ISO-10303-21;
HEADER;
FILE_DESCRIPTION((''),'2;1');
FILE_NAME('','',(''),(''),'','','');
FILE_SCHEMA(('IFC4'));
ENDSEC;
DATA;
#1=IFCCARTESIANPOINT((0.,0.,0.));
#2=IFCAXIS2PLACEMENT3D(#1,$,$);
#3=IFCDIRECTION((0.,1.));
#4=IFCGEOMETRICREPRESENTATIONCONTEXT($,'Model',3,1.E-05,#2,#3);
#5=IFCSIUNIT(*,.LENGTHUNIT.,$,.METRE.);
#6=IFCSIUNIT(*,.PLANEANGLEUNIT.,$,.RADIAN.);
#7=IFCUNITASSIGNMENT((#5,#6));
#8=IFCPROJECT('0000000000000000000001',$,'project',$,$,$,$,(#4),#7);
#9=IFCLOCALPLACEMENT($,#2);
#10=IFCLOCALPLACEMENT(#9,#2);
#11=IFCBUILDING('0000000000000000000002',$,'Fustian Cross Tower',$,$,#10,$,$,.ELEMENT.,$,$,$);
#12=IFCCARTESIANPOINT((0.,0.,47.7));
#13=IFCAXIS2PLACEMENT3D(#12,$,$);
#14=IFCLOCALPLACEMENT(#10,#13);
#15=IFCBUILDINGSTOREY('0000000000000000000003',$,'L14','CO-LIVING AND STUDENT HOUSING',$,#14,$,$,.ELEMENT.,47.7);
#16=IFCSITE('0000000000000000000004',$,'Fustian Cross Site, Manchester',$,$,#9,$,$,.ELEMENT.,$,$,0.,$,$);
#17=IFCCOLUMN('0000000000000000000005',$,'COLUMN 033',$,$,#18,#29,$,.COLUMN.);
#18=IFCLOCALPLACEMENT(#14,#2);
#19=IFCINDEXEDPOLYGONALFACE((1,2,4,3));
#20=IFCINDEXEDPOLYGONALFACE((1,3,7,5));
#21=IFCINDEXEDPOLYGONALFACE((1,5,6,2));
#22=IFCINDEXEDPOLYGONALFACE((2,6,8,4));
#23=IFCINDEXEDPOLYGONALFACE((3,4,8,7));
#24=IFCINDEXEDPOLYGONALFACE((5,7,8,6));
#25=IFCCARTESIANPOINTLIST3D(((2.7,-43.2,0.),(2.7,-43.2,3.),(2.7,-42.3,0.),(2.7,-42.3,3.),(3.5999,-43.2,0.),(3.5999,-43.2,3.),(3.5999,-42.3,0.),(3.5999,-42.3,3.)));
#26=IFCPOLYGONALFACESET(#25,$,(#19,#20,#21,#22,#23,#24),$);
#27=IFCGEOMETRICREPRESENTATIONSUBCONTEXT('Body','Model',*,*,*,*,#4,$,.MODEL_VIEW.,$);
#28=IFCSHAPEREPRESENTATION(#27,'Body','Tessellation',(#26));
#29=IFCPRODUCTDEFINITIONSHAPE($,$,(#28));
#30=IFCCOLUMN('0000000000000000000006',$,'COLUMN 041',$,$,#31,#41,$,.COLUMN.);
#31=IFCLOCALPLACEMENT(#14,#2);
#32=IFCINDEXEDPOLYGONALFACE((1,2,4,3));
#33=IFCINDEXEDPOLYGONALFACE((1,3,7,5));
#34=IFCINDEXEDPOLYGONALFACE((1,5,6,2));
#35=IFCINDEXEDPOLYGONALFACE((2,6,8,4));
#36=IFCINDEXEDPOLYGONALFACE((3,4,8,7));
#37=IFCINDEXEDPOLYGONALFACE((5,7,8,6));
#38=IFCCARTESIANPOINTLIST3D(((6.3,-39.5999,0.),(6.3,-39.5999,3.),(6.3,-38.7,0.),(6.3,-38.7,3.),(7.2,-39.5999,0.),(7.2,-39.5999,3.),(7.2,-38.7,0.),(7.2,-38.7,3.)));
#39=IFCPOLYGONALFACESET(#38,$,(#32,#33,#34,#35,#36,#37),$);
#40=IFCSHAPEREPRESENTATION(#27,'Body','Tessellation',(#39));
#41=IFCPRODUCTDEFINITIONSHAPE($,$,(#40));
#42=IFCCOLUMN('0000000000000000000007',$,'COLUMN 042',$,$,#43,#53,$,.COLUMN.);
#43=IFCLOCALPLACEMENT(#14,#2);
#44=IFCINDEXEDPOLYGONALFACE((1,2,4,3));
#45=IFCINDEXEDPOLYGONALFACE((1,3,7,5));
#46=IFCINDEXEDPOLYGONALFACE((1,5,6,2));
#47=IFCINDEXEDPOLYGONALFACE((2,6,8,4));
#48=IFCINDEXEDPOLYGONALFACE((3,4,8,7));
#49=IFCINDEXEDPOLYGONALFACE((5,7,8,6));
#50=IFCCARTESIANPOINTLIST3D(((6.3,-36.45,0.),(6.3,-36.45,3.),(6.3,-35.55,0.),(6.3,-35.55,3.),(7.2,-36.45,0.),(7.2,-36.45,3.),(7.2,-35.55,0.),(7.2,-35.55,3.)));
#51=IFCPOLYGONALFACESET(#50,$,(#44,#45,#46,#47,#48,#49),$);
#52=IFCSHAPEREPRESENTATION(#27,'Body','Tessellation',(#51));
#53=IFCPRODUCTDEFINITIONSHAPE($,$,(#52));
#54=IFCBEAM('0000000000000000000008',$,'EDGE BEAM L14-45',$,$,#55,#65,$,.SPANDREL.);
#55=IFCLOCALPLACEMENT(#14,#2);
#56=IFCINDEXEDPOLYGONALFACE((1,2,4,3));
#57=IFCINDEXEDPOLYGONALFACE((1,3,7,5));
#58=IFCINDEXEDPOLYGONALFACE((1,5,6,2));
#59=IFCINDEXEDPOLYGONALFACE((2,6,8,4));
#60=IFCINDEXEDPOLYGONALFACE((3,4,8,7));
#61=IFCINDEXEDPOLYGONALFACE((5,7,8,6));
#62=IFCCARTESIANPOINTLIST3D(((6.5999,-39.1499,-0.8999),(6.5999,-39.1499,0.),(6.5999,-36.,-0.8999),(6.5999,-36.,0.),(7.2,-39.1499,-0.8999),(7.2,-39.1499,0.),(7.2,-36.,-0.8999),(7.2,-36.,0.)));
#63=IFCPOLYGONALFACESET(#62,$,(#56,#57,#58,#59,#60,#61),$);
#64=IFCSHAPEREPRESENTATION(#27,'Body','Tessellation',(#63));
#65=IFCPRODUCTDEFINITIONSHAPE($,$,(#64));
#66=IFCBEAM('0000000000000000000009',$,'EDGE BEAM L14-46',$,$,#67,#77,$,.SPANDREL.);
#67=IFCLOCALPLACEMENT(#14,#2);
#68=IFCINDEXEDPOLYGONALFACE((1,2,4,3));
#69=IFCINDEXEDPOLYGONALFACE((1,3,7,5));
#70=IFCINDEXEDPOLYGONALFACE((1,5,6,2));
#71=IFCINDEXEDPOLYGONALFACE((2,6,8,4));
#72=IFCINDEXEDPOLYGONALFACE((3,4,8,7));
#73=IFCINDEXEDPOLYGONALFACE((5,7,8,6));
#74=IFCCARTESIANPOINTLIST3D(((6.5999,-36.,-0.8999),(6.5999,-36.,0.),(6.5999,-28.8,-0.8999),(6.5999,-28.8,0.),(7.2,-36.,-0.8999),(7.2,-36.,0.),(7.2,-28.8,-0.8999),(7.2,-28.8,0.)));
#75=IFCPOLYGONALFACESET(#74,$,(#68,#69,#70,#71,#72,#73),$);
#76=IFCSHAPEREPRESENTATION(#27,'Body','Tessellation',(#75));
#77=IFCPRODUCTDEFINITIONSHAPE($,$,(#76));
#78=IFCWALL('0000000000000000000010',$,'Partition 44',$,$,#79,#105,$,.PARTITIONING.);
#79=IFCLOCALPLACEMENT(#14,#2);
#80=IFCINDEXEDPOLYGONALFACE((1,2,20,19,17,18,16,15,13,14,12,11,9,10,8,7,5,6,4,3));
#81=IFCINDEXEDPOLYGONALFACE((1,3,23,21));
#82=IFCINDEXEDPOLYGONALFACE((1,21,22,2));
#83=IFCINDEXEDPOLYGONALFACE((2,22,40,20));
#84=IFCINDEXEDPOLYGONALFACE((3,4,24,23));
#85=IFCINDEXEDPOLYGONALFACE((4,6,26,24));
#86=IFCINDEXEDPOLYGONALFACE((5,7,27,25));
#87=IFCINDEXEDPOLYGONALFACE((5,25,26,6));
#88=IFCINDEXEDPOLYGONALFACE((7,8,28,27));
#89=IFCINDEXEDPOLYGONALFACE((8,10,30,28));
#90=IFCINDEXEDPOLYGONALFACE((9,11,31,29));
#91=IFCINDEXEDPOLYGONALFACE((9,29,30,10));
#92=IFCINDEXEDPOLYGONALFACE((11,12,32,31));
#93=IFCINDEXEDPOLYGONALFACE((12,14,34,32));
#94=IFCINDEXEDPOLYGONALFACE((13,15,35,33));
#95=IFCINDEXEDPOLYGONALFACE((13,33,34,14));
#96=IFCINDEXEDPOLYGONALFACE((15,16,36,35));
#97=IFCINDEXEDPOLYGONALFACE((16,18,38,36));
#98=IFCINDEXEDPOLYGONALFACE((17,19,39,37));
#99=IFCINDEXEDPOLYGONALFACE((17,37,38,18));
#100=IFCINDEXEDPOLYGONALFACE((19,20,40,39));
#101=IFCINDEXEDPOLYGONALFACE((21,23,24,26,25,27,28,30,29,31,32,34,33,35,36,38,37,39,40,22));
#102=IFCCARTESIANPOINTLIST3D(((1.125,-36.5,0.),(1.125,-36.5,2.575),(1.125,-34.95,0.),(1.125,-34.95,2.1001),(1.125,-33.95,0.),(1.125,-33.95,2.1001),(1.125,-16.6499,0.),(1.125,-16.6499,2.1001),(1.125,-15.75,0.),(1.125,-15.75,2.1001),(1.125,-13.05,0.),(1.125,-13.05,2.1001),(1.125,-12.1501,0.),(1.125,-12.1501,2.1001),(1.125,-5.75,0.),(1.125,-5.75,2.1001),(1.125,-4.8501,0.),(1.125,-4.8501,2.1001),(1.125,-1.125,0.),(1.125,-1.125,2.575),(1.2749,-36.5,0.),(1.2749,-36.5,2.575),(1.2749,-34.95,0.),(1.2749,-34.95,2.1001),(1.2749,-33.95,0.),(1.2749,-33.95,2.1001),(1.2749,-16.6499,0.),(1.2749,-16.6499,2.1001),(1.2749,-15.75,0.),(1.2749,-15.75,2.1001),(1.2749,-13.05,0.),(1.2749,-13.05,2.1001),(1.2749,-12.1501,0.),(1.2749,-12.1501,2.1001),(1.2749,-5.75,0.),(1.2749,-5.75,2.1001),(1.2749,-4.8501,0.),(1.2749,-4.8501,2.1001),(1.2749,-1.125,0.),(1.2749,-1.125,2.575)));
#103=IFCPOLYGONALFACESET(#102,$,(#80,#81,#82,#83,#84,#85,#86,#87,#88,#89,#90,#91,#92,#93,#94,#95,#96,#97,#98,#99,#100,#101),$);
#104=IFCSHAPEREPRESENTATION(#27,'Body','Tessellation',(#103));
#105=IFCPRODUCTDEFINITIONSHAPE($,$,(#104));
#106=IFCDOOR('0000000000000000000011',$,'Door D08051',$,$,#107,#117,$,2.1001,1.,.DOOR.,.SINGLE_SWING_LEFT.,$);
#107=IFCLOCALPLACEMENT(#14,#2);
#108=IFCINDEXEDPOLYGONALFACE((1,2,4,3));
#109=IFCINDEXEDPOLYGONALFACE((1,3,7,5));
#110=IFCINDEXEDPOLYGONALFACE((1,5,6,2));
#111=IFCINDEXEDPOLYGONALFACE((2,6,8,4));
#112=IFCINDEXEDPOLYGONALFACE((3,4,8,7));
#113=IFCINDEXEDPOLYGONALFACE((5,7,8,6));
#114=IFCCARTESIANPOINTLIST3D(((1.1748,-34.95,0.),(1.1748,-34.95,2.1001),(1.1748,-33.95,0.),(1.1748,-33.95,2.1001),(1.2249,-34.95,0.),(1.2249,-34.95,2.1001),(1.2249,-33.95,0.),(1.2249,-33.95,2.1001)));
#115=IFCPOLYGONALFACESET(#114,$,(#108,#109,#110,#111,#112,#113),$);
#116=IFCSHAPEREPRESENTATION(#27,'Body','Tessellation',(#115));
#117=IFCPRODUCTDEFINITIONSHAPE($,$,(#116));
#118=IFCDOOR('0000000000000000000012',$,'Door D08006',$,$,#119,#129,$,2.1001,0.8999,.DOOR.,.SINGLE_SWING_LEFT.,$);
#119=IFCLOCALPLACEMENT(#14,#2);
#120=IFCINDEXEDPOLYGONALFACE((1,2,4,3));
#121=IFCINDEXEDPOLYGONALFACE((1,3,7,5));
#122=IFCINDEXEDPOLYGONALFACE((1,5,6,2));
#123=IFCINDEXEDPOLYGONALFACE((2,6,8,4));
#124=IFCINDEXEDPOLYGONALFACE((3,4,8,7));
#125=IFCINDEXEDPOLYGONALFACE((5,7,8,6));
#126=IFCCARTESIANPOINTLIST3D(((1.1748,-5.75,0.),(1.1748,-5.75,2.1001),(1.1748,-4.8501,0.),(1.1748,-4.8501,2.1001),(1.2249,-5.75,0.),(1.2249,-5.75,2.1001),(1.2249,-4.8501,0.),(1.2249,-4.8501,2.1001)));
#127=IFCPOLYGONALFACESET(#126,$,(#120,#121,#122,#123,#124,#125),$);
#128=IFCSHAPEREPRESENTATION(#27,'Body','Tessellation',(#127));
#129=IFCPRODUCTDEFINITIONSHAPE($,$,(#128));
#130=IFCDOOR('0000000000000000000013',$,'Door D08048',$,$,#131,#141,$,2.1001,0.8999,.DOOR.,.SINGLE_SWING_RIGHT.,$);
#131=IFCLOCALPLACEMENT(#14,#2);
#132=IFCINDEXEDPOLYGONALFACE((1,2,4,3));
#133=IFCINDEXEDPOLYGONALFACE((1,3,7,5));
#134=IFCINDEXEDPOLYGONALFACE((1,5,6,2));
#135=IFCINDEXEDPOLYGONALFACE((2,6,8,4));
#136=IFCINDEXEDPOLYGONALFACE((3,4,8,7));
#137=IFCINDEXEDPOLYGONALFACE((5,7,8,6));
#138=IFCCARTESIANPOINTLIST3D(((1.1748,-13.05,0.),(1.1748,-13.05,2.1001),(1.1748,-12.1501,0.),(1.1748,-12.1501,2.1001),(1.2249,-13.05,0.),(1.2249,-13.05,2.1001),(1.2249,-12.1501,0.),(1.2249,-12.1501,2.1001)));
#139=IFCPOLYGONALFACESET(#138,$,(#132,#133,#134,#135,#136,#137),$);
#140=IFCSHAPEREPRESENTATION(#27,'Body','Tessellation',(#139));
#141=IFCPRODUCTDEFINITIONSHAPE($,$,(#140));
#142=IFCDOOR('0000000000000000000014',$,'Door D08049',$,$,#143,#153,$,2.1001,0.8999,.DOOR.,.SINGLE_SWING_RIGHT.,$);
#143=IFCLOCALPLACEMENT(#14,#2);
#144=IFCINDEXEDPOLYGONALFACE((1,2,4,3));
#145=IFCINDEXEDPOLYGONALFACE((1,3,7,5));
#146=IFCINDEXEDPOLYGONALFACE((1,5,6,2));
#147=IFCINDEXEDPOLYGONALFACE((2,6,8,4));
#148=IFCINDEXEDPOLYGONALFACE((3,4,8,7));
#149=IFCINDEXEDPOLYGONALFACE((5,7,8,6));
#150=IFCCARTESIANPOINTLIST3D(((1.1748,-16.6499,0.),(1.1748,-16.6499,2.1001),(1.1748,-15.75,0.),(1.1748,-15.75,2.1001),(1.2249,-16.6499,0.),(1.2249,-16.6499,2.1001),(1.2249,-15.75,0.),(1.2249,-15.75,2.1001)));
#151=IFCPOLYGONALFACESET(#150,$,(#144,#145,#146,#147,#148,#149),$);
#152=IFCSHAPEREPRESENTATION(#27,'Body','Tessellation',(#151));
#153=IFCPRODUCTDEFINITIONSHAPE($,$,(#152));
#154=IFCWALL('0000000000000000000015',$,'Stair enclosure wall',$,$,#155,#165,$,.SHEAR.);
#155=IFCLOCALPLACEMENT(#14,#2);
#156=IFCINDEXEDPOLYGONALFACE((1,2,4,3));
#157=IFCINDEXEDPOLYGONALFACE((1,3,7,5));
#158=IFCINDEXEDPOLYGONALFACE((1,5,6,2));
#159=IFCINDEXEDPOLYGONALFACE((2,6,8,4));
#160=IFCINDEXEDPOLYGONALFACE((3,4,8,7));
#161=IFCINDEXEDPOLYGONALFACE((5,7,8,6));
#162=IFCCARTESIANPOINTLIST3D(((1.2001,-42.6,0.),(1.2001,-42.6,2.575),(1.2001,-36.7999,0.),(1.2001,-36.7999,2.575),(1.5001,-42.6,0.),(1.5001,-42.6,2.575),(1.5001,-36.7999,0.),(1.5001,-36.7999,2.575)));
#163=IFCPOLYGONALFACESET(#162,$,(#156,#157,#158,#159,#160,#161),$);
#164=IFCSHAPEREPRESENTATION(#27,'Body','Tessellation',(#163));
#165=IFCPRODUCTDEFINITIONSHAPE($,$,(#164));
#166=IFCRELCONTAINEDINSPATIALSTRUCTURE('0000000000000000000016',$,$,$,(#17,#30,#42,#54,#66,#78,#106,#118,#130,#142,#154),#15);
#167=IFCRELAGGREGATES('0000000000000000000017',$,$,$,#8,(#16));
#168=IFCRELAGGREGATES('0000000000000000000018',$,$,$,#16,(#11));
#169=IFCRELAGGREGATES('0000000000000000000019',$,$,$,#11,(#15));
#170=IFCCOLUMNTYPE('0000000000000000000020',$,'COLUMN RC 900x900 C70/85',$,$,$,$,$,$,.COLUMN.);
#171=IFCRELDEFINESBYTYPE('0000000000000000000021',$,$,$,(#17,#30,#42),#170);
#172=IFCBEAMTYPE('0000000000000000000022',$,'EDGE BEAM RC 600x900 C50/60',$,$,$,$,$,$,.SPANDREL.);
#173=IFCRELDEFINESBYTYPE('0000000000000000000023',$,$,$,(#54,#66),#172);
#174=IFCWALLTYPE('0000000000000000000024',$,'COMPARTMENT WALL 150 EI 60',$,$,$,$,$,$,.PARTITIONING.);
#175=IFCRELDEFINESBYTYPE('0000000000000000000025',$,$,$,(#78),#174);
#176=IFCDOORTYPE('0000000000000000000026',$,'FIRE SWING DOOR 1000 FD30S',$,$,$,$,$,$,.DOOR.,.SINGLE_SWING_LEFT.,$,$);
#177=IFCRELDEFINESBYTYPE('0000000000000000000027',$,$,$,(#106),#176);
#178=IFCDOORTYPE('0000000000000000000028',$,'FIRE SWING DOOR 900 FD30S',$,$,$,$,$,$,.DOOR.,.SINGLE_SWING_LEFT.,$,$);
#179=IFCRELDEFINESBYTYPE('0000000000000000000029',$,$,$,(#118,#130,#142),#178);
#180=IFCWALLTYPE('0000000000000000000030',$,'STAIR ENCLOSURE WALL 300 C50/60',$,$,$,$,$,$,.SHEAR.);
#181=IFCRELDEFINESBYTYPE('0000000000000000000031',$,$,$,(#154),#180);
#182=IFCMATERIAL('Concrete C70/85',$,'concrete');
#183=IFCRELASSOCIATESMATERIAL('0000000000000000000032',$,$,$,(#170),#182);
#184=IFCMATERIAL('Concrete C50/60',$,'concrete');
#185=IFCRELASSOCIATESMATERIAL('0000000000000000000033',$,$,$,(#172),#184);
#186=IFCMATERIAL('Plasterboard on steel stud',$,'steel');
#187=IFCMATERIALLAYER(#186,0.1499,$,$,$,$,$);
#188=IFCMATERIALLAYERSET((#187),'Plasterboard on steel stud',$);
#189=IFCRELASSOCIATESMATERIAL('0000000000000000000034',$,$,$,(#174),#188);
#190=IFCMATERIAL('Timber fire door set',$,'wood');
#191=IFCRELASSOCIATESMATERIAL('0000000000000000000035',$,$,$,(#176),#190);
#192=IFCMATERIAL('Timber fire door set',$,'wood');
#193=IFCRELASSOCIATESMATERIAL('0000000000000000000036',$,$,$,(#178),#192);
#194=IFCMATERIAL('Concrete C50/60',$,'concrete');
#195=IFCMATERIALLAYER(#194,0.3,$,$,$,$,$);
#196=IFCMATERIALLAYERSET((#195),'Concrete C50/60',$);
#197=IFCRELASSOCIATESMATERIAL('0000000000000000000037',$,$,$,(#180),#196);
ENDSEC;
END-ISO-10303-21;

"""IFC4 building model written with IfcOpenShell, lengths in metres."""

from ifc_helpers import new_model, si_unit, direction, frame, frame_2d, origin, origin_2d, place, context, subcontext, project, spatial, rectangle, extrude, material, layer, layer_set, material_profile, profile_set, type_object, element, fill, save


model = new_model("IFC4")

# Units and contexts
model_context = context("Model", 3, precision=1e-05, world=origin(), true_north=direction((0.0, 1.0)))
body_context = subcontext(model_context, "Body", "Model", "MODEL_VIEW")
ifc_project = project(units=[si_unit("LENGTHUNIT", "METRE"), si_unit("PLANEANGLEUNIT", "RADIAN")], contexts=[model_context])

# Site, building, storey
site_placement = place(None, origin())
site = spatial("IfcSite", under=ifc_project, at=site_placement, Name="Fustian Cross Site, Manchester", CompositionType="ELEMENT", RefElevation=0.0)
building_placement = place(site_placement, origin())
building = spatial("IfcBuilding", under=site, at=building_placement, Name="Fustian Cross Tower", CompositionType="ELEMENT")
storey_placement = place(building_placement, frame((0.0, 0.0, 47.7)))
storey = spatial("IfcBuildingStorey", under=building, at=storey_placement, Name="L14", Description="CO-LIVING AND STUDENT HOUSING", CompositionType="ELEMENT", Elevation=47.7)

# Columns
ifc_material_1 = material(Name="Concrete C70/85", Category="concrete")
ifc_material_profile_1 = material_profile(ifc_material_1, rectangle(XDim=0.8999, YDim=0.8999, at=origin_2d()), Name="RC 900x900")
ifc_profile_set_1 = profile_set([ifc_material_profile_1], Name="Concrete C70/85")
column_type = type_object("IfcColumnType", Name="COLUMN RC 900x900 C70/85", PredefinedType="COLUMN", material=ifc_profile_set_1)
for number, where, z_axis, x_axis, name in (
    (1, (3.1499, -42.75, 0.0), (0.0, 0.0, 1.0), (1.0, 0.0, 0.0), "COLUMN 033"),
    (2, (6.75, -39.1499, 0.0), (0.0, 0.0, 1.0), (1.0, 0.0, 0.0), "COLUMN 041"),
    (3, (6.75, -36.0, 0.0), (0.0, 0.0, 1.0), (1.0, 0.0, 0.0), "COLUMN 042"),
):
    element("IfcColumn", number, at=place(storey_placement, frame(where, z_axis=z_axis, x_axis=x_axis)), inside=storey, type_object=column_type, Name=name, PredefinedType="COLUMN", context=body_context, shape_type="SweptSolid", body=[
        extrude(rectangle(XDim=0.8999, YDim=0.8999, at=origin_2d()), origin(), (0.0, 0.0, 1.0), 3.0),
    ])

# Beams
ifc_material_2 = material(Name="Concrete C50/60", Category="concrete")
ifc_material_profile_2 = material_profile(ifc_material_2, rectangle(XDim=0.6001, YDim=0.8999, at=origin_2d()), Name="RC 600x900")
ifc_profile_set_2 = profile_set([ifc_material_profile_2], Name="Concrete C50/60")
beam_type = type_object("IfcBeamType", Name="EDGE BEAM RC 600x900 C50/60", PredefinedType="SPANDREL", material=ifc_profile_set_2)
beam_1_placement = place(storey_placement, frame((6.8999, -39.1499, -0.45), z_axis=(0.0, 1.0, 0.0), x_axis=(-1.0, 0.0, 0.0)))
element("IfcBeam", 4, at=beam_1_placement, inside=storey, type_object=beam_type, Name="EDGE BEAM L14-45", PredefinedType="SPANDREL", context=body_context, shape_type="SweptSolid", body=[
    extrude(rectangle(XDim=0.6001, YDim=0.8999, at=origin_2d()), origin(), (0.0, 0.0, 1.0), 3.1499),
])
beam_2_placement = place(storey_placement, frame((6.8999, -36.0, -0.45), z_axis=(0.0, 1.0, 0.0), x_axis=(-1.0, 0.0, 0.0)))
element("IfcBeam", 5, at=beam_2_placement, inside=storey, type_object=beam_type, Name="EDGE BEAM L14-46", PredefinedType="SPANDREL", context=body_context, shape_type="SweptSolid", body=[
    extrude(rectangle(XDim=0.6001, YDim=0.8999, at=origin_2d()), origin(), (0.0, 0.0, 1.0), 7.2),
])

# Wall, openings, doors
ifc_material_3 = material(Name="Plasterboard on steel stud", Category="steel")
ifc_layer_1 = layer(ifc_material_3, 0.1499)
ifc_layer_set_1 = layer_set([ifc_layer_1], Name="Plasterboard on steel stud")
wall_type_1 = type_object("IfcWallType", Name="COMPARTMENT WALL 150 EI 60", PredefinedType="PARTITIONING", material=ifc_layer_set_1)
wall_1_placement = place(storey_placement, frame((1.2, -36.5, 0.0), z_axis=(0.0, 0.0, 1.0), x_axis=(0.0, 1.0, 0.0)))
wall_1 = element("IfcWall", 6, at=wall_1_placement, inside=storey, type_object=wall_type_1, Name="Partition 44", PredefinedType="PARTITIONING", context=body_context, shape_type="SweptSolid", body=[
    extrude(rectangle(XDim=35.375, YDim=0.1499, at=frame_2d((17.6875, 0.0))), origin(), (0.0, 0.0, 1.0), 2.575),
])
opening_1_placement = place(wall_1_placement, frame((30.75, 0.0, 0.0)))
opening_1 = element("IfcOpeningElement", 7, at=opening_1_placement, cuts=wall_1, PredefinedType="OPENING", context=body_context, shape_type="SweptSolid", body=[
    extrude(rectangle(XDim=0.8999, YDim=2.1001, at=frame_2d((0.45, 1.05))), frame((0.0, 0.085, 0.0), z_axis=(0.0, -1.0, 0.0), x_axis=(1.0, 0.0, 0.0)), (0.0, 0.0, 1.0), 0.1699),
])
opening_2_placement = place(wall_1_placement, frame((23.45, 0.0, 0.0)))
opening_2 = element("IfcOpeningElement", 8, at=opening_2_placement, cuts=wall_1, PredefinedType="OPENING", context=body_context, shape_type="SweptSolid", body=[
    extrude(rectangle(XDim=0.8999, YDim=2.1001, at=frame_2d((0.45, 1.05))), frame((0.0, 0.085, 0.0), z_axis=(0.0, -1.0, 0.0), x_axis=(1.0, 0.0, 0.0)), (0.0, 0.0, 1.0), 0.1699),
])
opening_3_placement = place(wall_1_placement, frame((19.8501, 0.0, 0.0)))
opening_3 = element("IfcOpeningElement", 9, at=opening_3_placement, cuts=wall_1, PredefinedType="OPENING", context=body_context, shape_type="SweptSolid", body=[
    extrude(rectangle(XDim=0.8999, YDim=2.1001, at=frame_2d((0.45, 1.05))), frame((0.0, 0.085, 0.0), z_axis=(0.0, -1.0, 0.0), x_axis=(1.0, 0.0, 0.0)), (0.0, 0.0, 1.0), 0.1699),
])
opening_4_placement = place(wall_1_placement, frame((1.55, 0.0, 0.0)))
opening_4 = element("IfcOpeningElement", 10, at=opening_4_placement, cuts=wall_1, PredefinedType="OPENING", context=body_context, shape_type="SweptSolid", body=[
    extrude(rectangle(XDim=1.0, YDim=2.1001, at=frame_2d((0.5, 1.05))), frame((0.0, 0.085, 0.0), z_axis=(0.0, -1.0, 0.0), x_axis=(1.0, 0.0, 0.0)), (0.0, 0.0, 1.0), 0.1699),
])
ifc_material_4 = material(Name="Timber fire door set", Category="wood")
door_type_1 = type_object("IfcDoorType", Name="FIRE SWING DOOR 1000 FD30S", OperationType="SINGLE_SWING_LEFT", PredefinedType="DOOR", material=ifc_material_4)
door_1_placement = place(opening_4_placement, frame((1.0, 0.0, 0.0), z_axis=(0.0, 0.0, 1.0), x_axis=(-1.0, 0.0, 0.0)))
door_1 = element("IfcDoor", 11, at=door_1_placement, inside=storey, type_object=door_type_1, Name="Door D08051", OperationType="SINGLE_SWING_LEFT", OverallHeight=2.1001, OverallWidth=1.0, PredefinedType="DOOR", context=body_context, shape_type="SweptSolid", body=[
    extrude(rectangle(XDim=1.0, YDim=2.1001, at=frame_2d((0.5, 1.05))), frame((0.0, 0.0249, 0.0), z_axis=(0.0, -1.0, 0.0), x_axis=(1.0, 0.0, 0.0)), (0.0, 0.0, 1.0), 0.05),
])
fill(opening_4, door_1)
ifc_material_5 = material(Name="Timber fire door set", Category="wood")
door_type_2 = type_object("IfcDoorType", Name="FIRE SWING DOOR 900 FD30S", OperationType="SINGLE_SWING_LEFT", PredefinedType="DOOR", material=ifc_material_5)
door_2_placement = place(opening_1_placement, frame((0.8999, 0.0, 0.0), z_axis=(0.0, 0.0, 1.0), x_axis=(-1.0, 0.0, 0.0)))
door_2 = element("IfcDoor", 12, at=door_2_placement, inside=storey, type_object=door_type_2, Name="Door D08006", OperationType="SINGLE_SWING_LEFT", OverallHeight=2.1001, OverallWidth=0.8999, PredefinedType="DOOR", context=body_context, shape_type="SweptSolid", body=[
    extrude(rectangle(XDim=0.8999, YDim=2.1001, at=frame_2d((0.45, 1.05))), frame((0.0, 0.0249, 0.0), z_axis=(0.0, -1.0, 0.0), x_axis=(1.0, 0.0, 0.0)), (0.0, 0.0, 1.0), 0.05),
])
fill(opening_1, door_2)
door_3_placement = place(opening_2_placement, frame((0.8999, 0.0, 0.0), z_axis=(0.0, 0.0, 1.0), x_axis=(-1.0, 0.0, 0.0)))
door_3 = element("IfcDoor", 13, at=door_3_placement, inside=storey, type_object=door_type_2, Name="Door D08048", OperationType="SINGLE_SWING_RIGHT", OverallHeight=2.1001, OverallWidth=0.8999, PredefinedType="DOOR", context=body_context, shape_type="SweptSolid", body=[
    extrude(rectangle(XDim=0.8999, YDim=2.1001, at=frame_2d((0.45, 1.05))), frame((0.0, 0.0249, 0.0), z_axis=(0.0, -1.0, 0.0), x_axis=(1.0, 0.0, 0.0)), (0.0, 0.0, 1.0), 0.05),
])
fill(opening_2, door_3)
door_4_placement = place(opening_3_placement, frame((0.8999, 0.0, 0.0), z_axis=(0.0, 0.0, 1.0), x_axis=(-1.0, 0.0, 0.0)))
door_4 = element("IfcDoor", 14, at=door_4_placement, inside=storey, type_object=door_type_2, Name="Door D08049", OperationType="SINGLE_SWING_RIGHT", OverallHeight=2.1001, OverallWidth=0.8999, PredefinedType="DOOR", context=body_context, shape_type="SweptSolid", body=[
    extrude(rectangle(XDim=0.8999, YDim=2.1001, at=frame_2d((0.45, 1.05))), frame((0.0, 0.0249, 0.0), z_axis=(0.0, -1.0, 0.0), x_axis=(1.0, 0.0, 0.0)), (0.0, 0.0, 1.0), 0.05),
])
fill(opening_3, door_4)

# Wall
ifc_material_6 = material(Name="Concrete C50/60", Category="concrete")
ifc_layer_2 = layer(ifc_material_6, 0.3)
ifc_layer_set_2 = layer_set([ifc_layer_2], Name="Concrete C50/60")
wall_type_2 = type_object("IfcWallType", Name="STAIR ENCLOSURE WALL 300 C50/60", PredefinedType="SHEAR", material=ifc_layer_set_2)
wall_2_placement = place(storey_placement, frame((1.3501, -36.8, 0.0), z_axis=(0.0, 0.0, 1.0), x_axis=(0.0, -1.0, 0.0)))
element("IfcWall", 15, at=wall_2_placement, inside=storey, type_object=wall_type_2, Name="Stair enclosure wall", PredefinedType="SHEAR", context=body_context, shape_type="SweptSolid", body=[
    extrude(rectangle(XDim=5.8, YDim=0.3, at=frame_2d((2.8999, 0.0))), origin(), (0.0, 0.0, 1.0), 2.575),
])

save(model, "model.ifc")
